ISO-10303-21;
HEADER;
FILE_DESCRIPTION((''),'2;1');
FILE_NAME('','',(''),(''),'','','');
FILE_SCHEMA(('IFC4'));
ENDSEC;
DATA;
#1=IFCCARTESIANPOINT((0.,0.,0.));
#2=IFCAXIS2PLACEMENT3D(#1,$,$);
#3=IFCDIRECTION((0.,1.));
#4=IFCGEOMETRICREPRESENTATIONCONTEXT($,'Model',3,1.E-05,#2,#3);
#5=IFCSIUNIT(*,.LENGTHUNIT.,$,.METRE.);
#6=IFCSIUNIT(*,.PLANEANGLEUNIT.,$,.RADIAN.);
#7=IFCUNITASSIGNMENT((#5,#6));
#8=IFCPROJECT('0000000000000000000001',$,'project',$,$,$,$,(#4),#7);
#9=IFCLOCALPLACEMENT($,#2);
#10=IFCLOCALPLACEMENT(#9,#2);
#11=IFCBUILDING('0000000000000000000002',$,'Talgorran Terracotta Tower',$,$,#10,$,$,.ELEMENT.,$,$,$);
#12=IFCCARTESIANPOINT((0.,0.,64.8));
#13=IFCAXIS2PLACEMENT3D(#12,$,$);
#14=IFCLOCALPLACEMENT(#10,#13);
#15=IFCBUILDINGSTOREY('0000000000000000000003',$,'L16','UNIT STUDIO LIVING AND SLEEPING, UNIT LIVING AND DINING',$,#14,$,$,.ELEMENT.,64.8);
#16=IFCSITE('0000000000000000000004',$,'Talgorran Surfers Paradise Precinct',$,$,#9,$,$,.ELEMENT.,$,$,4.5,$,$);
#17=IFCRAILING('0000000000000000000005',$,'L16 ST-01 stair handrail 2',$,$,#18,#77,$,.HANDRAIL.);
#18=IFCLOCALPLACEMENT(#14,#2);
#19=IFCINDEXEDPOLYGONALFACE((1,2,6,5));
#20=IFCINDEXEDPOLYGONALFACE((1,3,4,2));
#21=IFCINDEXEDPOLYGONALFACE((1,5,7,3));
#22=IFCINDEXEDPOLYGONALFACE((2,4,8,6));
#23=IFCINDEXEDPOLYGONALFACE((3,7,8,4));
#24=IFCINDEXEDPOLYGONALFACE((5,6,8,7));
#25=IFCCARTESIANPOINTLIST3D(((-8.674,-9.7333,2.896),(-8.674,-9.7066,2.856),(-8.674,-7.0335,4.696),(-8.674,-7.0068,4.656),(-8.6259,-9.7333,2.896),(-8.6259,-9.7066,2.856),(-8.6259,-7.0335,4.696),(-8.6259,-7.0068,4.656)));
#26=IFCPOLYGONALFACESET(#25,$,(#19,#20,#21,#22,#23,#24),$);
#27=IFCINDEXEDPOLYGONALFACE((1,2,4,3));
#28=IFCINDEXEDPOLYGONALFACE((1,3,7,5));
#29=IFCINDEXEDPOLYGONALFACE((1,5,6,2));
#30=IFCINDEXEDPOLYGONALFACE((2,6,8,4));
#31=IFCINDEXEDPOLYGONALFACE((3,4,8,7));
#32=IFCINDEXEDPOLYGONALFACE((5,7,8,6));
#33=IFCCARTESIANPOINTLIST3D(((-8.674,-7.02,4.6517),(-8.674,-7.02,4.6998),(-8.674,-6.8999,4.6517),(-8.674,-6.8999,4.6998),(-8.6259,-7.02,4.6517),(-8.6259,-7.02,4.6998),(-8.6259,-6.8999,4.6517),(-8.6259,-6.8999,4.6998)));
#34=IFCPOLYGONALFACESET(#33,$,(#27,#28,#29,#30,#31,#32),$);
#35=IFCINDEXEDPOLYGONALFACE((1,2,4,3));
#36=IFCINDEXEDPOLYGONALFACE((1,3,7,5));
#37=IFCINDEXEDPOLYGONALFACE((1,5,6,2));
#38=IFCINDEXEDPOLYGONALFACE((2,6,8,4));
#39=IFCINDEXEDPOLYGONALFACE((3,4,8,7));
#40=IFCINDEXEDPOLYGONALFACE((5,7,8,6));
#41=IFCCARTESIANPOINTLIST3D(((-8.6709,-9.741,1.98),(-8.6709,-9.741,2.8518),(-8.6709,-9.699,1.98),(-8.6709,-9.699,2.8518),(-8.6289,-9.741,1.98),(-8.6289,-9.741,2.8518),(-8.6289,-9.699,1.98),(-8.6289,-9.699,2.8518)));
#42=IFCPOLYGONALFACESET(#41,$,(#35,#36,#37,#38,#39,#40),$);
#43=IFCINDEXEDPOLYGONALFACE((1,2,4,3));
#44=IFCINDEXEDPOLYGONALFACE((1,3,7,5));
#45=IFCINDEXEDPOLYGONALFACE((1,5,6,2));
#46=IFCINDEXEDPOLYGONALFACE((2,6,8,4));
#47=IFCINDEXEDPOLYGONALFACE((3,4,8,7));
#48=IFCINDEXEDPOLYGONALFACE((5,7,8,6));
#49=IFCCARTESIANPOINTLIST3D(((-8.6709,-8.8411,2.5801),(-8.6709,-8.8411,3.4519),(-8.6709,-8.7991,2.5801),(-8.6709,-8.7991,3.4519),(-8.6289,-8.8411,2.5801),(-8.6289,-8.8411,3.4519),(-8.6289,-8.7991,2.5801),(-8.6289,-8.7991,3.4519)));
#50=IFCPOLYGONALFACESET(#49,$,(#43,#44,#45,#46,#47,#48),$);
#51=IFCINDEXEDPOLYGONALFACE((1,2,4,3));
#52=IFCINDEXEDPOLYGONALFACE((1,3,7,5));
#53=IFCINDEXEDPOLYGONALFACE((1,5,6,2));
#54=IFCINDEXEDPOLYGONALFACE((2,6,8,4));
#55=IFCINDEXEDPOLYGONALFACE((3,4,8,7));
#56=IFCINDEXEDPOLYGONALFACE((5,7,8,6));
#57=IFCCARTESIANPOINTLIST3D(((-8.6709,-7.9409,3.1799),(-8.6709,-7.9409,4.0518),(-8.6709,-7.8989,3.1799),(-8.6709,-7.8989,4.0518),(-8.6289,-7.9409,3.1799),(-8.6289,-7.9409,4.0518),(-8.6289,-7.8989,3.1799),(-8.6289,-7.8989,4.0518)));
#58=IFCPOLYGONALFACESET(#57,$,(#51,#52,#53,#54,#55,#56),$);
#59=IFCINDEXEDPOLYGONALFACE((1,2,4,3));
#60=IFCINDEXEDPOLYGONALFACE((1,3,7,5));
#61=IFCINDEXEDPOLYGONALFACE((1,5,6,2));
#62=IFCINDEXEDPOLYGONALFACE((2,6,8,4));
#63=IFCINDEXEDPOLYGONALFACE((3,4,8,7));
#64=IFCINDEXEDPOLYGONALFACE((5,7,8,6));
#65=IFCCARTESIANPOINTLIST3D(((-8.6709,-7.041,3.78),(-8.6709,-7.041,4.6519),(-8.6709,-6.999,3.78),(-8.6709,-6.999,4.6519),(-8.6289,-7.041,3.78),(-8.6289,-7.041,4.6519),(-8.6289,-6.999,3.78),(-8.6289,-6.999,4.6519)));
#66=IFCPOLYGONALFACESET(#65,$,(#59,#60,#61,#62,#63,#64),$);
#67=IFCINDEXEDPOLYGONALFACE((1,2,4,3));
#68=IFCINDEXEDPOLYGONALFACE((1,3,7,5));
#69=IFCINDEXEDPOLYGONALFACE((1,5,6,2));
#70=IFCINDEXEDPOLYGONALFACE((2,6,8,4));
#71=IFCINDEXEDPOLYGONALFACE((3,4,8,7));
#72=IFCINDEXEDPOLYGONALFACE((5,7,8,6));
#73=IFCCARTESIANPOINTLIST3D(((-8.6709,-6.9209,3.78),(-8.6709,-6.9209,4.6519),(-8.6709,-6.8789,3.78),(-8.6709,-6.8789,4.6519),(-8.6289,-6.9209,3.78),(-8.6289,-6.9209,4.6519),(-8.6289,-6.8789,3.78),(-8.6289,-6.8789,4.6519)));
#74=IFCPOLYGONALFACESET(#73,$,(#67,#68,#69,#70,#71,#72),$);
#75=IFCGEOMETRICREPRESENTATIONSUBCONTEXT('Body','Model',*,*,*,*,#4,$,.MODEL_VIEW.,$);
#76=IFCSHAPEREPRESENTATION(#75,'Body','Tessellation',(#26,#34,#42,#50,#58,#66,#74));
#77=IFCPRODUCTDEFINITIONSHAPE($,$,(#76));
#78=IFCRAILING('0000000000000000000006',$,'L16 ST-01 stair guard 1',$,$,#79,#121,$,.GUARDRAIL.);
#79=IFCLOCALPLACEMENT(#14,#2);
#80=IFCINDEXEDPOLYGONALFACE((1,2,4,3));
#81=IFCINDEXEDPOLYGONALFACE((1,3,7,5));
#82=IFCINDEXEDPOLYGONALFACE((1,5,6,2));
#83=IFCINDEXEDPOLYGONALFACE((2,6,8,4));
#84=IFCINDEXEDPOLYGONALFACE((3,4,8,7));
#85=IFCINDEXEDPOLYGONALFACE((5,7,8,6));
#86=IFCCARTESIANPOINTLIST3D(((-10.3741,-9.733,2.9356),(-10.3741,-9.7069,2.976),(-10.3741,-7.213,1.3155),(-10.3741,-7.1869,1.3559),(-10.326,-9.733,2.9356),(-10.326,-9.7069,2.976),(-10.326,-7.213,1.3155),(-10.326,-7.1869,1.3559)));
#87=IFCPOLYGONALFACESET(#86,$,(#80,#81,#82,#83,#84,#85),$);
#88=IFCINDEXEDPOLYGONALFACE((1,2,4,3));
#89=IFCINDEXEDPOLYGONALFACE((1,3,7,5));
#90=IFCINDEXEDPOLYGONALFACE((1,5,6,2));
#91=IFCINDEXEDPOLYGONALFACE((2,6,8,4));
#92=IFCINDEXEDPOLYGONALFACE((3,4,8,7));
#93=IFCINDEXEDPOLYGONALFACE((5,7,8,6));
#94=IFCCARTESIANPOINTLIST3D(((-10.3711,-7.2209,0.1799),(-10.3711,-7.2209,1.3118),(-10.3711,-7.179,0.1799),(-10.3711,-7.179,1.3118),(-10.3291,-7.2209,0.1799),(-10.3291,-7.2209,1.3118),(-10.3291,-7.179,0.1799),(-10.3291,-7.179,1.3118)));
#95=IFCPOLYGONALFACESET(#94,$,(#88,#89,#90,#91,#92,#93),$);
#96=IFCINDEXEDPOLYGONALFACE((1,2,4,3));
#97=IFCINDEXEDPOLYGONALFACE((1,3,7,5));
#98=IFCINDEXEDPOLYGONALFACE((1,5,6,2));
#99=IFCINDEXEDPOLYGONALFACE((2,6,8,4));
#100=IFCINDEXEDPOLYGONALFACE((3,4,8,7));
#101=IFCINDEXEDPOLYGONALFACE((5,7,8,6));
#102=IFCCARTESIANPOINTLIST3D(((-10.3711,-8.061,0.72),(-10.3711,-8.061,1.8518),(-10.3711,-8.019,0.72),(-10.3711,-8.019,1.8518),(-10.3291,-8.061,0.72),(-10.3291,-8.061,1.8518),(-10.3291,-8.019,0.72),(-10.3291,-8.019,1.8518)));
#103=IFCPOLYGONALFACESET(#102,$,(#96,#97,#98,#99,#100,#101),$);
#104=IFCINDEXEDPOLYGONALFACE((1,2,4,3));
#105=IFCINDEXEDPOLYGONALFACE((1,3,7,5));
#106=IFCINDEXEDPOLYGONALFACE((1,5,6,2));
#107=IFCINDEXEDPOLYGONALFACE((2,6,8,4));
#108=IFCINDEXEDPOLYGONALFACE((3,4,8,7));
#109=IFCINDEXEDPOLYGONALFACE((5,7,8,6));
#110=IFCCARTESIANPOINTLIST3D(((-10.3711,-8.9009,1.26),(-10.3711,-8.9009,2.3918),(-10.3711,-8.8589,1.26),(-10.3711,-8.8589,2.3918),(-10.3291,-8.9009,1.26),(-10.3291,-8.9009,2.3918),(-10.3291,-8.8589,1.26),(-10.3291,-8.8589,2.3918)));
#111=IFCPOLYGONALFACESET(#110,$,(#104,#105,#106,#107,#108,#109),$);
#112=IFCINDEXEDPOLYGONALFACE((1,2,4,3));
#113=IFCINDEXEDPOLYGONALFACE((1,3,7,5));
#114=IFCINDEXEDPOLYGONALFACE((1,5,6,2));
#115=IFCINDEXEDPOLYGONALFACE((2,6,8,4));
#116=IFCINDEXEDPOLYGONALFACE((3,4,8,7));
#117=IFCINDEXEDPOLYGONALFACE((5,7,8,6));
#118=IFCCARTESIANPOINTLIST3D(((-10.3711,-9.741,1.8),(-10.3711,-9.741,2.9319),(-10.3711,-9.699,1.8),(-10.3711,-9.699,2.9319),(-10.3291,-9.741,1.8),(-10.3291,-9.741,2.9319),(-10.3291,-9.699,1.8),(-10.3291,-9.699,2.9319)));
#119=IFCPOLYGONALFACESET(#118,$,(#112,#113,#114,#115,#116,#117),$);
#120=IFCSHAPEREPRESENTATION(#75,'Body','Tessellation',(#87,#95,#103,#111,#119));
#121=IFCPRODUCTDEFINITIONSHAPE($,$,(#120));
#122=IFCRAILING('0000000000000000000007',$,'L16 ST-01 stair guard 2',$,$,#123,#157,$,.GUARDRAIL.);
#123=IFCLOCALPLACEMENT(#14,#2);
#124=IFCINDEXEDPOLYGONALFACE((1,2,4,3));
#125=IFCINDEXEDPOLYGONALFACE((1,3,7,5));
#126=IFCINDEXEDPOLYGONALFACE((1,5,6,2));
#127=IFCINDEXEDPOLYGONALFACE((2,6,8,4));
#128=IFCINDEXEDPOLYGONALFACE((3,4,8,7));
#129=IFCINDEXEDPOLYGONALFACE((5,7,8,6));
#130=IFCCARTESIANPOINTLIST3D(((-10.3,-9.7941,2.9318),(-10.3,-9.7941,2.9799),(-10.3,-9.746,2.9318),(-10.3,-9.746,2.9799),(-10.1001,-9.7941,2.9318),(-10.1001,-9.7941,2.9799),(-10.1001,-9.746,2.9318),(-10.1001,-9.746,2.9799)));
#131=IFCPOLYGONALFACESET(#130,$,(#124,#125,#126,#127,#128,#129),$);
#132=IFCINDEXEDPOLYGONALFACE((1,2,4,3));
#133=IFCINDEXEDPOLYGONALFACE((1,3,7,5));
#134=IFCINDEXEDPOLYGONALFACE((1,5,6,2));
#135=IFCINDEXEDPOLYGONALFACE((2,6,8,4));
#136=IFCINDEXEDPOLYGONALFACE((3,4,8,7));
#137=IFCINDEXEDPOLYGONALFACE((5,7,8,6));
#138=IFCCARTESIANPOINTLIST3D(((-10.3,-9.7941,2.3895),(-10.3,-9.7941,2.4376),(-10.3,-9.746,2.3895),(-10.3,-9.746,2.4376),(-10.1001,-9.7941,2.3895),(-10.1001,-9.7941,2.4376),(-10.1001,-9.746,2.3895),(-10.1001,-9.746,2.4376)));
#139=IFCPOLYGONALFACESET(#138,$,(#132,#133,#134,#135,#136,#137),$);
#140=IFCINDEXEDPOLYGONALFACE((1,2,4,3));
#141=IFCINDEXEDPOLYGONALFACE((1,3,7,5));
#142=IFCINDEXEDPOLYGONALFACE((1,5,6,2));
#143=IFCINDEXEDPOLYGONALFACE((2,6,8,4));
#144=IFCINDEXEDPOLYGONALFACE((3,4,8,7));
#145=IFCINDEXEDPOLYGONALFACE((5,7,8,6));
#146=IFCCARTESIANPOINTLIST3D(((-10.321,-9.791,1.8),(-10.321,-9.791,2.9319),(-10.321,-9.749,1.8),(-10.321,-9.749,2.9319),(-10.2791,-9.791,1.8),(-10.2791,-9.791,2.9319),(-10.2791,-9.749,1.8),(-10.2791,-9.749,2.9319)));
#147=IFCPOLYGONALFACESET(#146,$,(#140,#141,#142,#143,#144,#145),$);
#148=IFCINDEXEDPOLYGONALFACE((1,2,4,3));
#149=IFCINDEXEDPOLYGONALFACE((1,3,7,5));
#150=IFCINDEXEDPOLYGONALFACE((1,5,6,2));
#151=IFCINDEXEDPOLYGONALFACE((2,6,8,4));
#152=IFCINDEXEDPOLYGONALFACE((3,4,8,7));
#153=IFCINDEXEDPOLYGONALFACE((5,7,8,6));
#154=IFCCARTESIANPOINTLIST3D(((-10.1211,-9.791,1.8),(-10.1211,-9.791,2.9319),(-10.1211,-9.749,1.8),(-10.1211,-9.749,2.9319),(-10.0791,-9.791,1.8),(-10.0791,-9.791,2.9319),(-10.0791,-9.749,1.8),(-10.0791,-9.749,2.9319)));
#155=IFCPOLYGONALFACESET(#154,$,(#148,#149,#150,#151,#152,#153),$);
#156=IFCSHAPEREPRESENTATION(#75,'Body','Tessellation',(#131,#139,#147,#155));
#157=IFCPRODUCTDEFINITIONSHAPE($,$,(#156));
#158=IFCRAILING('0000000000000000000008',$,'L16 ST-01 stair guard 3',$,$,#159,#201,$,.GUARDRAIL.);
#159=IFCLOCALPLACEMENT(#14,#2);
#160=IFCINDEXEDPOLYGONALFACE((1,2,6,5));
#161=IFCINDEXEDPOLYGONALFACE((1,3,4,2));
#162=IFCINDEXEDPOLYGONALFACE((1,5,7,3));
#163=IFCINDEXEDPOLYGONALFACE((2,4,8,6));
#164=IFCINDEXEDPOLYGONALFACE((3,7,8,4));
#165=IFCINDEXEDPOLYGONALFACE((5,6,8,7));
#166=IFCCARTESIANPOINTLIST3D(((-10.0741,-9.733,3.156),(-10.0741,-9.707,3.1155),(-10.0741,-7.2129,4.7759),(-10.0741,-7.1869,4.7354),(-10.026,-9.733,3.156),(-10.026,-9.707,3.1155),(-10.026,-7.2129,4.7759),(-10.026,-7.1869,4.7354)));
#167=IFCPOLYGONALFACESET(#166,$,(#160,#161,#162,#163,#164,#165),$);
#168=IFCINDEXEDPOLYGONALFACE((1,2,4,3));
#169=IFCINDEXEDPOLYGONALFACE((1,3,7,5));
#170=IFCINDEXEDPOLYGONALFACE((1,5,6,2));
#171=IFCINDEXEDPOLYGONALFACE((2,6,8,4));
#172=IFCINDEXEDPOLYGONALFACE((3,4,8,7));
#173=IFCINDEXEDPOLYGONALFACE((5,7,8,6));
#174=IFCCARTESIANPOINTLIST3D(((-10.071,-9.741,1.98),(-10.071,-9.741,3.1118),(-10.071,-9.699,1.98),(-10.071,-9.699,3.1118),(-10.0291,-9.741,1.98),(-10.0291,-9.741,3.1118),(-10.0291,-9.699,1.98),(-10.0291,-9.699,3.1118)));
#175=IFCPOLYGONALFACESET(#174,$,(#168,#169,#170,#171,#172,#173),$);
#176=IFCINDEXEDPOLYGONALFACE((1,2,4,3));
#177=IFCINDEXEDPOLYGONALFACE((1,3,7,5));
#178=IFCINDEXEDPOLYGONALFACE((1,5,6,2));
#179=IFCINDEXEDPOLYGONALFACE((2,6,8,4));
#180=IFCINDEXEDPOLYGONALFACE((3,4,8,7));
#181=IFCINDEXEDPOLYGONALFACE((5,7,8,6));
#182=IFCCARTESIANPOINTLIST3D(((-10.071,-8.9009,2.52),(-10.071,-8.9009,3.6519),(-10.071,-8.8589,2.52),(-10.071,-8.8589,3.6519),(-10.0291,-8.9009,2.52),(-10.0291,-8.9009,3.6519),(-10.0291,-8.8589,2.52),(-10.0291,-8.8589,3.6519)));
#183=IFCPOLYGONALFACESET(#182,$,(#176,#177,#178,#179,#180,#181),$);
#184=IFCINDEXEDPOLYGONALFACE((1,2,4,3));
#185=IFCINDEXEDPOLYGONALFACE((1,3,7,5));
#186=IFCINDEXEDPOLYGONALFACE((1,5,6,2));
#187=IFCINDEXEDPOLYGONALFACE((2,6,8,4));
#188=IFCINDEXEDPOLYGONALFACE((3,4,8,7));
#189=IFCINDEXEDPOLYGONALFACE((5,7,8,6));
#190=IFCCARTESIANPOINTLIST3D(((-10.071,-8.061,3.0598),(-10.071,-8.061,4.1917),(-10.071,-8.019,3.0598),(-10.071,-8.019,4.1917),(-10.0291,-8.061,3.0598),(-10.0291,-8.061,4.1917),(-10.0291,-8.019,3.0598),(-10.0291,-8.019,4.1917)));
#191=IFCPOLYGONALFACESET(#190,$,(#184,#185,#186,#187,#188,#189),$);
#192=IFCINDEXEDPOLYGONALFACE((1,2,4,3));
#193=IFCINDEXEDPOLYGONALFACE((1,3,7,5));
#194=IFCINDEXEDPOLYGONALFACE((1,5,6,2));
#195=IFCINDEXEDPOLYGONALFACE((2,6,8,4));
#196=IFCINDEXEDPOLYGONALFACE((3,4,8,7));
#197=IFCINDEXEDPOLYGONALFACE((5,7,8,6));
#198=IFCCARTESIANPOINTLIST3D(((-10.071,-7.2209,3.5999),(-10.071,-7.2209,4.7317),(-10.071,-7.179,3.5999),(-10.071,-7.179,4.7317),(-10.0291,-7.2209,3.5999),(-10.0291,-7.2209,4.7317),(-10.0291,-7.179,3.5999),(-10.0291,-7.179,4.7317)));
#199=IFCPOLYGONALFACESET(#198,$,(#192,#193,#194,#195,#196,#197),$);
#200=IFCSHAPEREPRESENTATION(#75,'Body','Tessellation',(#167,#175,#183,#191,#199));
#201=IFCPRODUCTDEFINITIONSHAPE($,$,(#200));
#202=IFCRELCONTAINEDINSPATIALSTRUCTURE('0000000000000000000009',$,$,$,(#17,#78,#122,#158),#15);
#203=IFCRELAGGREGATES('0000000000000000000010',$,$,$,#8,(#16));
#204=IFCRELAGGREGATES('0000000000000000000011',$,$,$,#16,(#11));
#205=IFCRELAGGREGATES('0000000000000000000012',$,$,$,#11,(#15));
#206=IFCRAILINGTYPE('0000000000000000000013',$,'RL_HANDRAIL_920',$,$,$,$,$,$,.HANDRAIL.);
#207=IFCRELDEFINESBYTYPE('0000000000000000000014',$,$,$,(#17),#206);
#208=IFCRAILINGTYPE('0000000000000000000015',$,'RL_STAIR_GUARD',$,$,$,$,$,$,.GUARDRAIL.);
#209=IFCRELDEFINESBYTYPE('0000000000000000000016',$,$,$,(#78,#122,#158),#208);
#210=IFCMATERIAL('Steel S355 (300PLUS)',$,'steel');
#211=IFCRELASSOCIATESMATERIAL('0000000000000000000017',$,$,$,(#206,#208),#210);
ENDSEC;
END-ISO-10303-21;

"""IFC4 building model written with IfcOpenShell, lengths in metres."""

from ifc_helpers import new_model, si_unit, direction, frame, origin, origin_2d, place, context, subcontext, project, spatial, rectangle, extrude, material, type_object, element, save


model = new_model("IFC4")

# Units and contexts
model_context = context("Model", 3, precision=1e-05, world=origin(), true_north=direction((0.0, 1.0)))
body_context = subcontext(model_context, "Body", "Model", "MODEL_VIEW")
ifc_project = project(units=[si_unit("LENGTHUNIT", "METRE"), si_unit("PLANEANGLEUNIT", "RADIAN")], contexts=[model_context])

# Site, building, storey
site_placement = place(None, origin())
site = spatial("IfcSite", under=ifc_project, at=site_placement, Name="Talgorran Surfers Paradise Precinct", CompositionType="ELEMENT", RefElevation=4.5)
building_placement = place(site_placement, origin())
building = spatial("IfcBuilding", under=site, at=building_placement, Name="Talgorran Terracotta Tower", CompositionType="ELEMENT")
storey_placement = place(building_placement, frame((0.0, 0.0, 64.8)))
storey = spatial("IfcBuildingStorey", under=building, at=storey_placement, Name="L16", Description="UNIT STUDIO LIVING AND SLEEPING, UNIT LIVING AND DINING", CompositionType="ELEMENT", Elevation=64.8)

# Railings
ifc_material_1 = material(Name="Steel S355 (300PLUS)", Category="steel")
railing_type_1 = type_object("IfcRailingType", Name="RL_HANDRAIL_920", PredefinedType="HANDRAIL", material=ifc_material_1)
railing_1_placement = place(storey_placement, frame((-8.6499, -9.72, 1.98)))
element("IfcRailing", 1, at=railing_1_placement, inside=storey, type_object=railing_type_1, Name="L16 ST-01 stair handrail 2", PredefinedType="HANDRAIL", context=body_context, shape_type="SweptSolid", body=[
    extrude(rectangle(XDim=0.0481, YDim=0.0481, at=origin_2d()), frame((0.0, 0.0, 0.896), z_axis=(0.0, 0.832039, 0.554718), x_axis=(-1.0, 0.0, 0.0)), (0.0, 0.0, 1.0), 3.2449),
    extrude(rectangle(XDim=0.0481, YDim=0.0481, at=origin_2d()), frame((0.0, 2.7, 2.6958), z_axis=(0.0, 1.0, 0.0), x_axis=(-1.0, 0.0, 0.0)), (0.0, 0.0, 1.0), 0.1201),
    extrude(rectangle(XDim=0.042, YDim=0.042, at=origin_2d()), origin(), (0.0, 0.0, 1.0), 0.8718),
    extrude(rectangle(XDim=0.042, YDim=0.042, at=origin_2d()), frame((0.0, 0.8999, 0.6001)), (0.0, 0.0, 1.0), 0.8718),
    extrude(rectangle(XDim=0.042, YDim=0.042, at=origin_2d()), frame((0.0, 1.8, 1.2)), (0.0, 0.0, 1.0), 0.8718),
    extrude(rectangle(XDim=0.042, YDim=0.042, at=origin_2d()), frame((0.0, 2.7, 1.8)), (0.0, 0.0, 1.0), 0.8718),
    extrude(rectangle(XDim=0.042, YDim=0.042, at=origin_2d()), frame((0.0, 2.8201, 1.8)), (0.0, 0.0, 1.0), 0.8718),
])
railing_type_2 = type_object("IfcRailingType", Name="RL_STAIR_GUARD", PredefinedType="GUARDRAIL", material=ifc_material_1)
railing_2_placement = place(storey_placement, frame((-10.3501, -7.2, 0.1799)))
element("IfcRailing", 2, at=railing_2_placement, inside=storey, type_object=railing_type_2, Name="L16 ST-01 stair guard 1", PredefinedType="GUARDRAIL", context=body_context, shape_type="SweptSolid", body=[
    extrude(rectangle(XDim=0.0481, YDim=0.0481, at=origin_2d()), frame((0.0, 0.0, 1.1558), z_axis=(0.0, -0.841163, 0.540782), x_axis=(1.0, 0.0, 0.0)), (0.0, 0.0, 1.0), 2.9958),
    extrude(rectangle(XDim=0.042, YDim=0.042, at=origin_2d()), origin(), (0.0, 0.0, 1.0), 1.1318),
    extrude(rectangle(XDim=0.042, YDim=0.042, at=origin_2d()), frame((0.0, -0.8401, 0.54)), (0.0, 0.0, 1.0), 1.1318),
    extrude(rectangle(XDim=0.042, YDim=0.042, at=origin_2d()), frame((0.0, -1.6799, 1.0801)), (0.0, 0.0, 1.0), 1.1318),
    extrude(rectangle(XDim=0.042, YDim=0.042, at=origin_2d()), frame((0.0, -2.52, 1.6201)), (0.0, 0.0, 1.0), 1.1318),
])
railing_3_placement = place(storey_placement, frame((-10.3, -9.77, 1.8)))
element("IfcRailing", 3, at=railing_3_placement, inside=storey, type_object=railing_type_2, Name="L16 ST-01 stair guard 2", PredefinedType="GUARDRAIL", context=body_context, shape_type="SweptSolid", body=[
    extrude(rectangle(XDim=0.0481, YDim=0.0481, at=origin_2d()), frame((0.0, 0.0, 1.1558), z_axis=(1.0, 0.0, 0.0), x_axis=(0.0, 1.0, 0.0)), (0.0, 0.0, 1.0), 0.2),
    extrude(rectangle(XDim=0.0481, YDim=0.0481, at=origin_2d()), frame((0.0, 0.0, 0.6135), z_axis=(1.0, 0.0, 0.0), x_axis=(0.0, 1.0, 0.0)), (0.0, 0.0, 1.0), 0.2),
    extrude(rectangle(XDim=0.042, YDim=0.042, at=origin_2d()), origin(), (0.0, 0.0, 1.0), 1.1318),
    extrude(rectangle(XDim=0.042, YDim=0.042, at=origin_2d()), frame((0.2, 0.0, 0.0)), (0.0, 0.0, 1.0), 1.1318),
])
railing_4_placement = place(storey_placement, frame((-10.05, -9.72, 1.98)))
element("IfcRailing", 4, at=railing_4_placement, inside=storey, type_object=railing_type_2, Name="L16 ST-01 stair guard 3", PredefinedType="GUARDRAIL", context=body_context, shape_type="SweptSolid", body=[
    extrude(rectangle(XDim=0.0481, YDim=0.0481, at=origin_2d()), frame((0.0, 0.0, 1.1558), z_axis=(0.0, 0.8412, 0.540725), x_axis=(-1.0, 0.0, 0.0)), (0.0, 0.0, 1.0), 2.9958),
    extrude(rectangle(XDim=0.042, YDim=0.042, at=origin_2d()), origin(), (0.0, 0.0, 1.0), 1.1318),
    extrude(rectangle(XDim=0.042, YDim=0.042, at=origin_2d()), frame((0.0, 0.8401, 0.54)), (0.0, 0.0, 1.0), 1.1318),
    extrude(rectangle(XDim=0.042, YDim=0.042, at=origin_2d()), frame((0.0, 1.6799, 1.0798)), (0.0, 0.0, 1.0), 1.1318),
    extrude(rectangle(XDim=0.042, YDim=0.042, at=origin_2d()), frame((0.0, 2.52, 1.6199)), (0.0, 0.0, 1.0), 1.1318),
])

save(model, "model.ifc")
